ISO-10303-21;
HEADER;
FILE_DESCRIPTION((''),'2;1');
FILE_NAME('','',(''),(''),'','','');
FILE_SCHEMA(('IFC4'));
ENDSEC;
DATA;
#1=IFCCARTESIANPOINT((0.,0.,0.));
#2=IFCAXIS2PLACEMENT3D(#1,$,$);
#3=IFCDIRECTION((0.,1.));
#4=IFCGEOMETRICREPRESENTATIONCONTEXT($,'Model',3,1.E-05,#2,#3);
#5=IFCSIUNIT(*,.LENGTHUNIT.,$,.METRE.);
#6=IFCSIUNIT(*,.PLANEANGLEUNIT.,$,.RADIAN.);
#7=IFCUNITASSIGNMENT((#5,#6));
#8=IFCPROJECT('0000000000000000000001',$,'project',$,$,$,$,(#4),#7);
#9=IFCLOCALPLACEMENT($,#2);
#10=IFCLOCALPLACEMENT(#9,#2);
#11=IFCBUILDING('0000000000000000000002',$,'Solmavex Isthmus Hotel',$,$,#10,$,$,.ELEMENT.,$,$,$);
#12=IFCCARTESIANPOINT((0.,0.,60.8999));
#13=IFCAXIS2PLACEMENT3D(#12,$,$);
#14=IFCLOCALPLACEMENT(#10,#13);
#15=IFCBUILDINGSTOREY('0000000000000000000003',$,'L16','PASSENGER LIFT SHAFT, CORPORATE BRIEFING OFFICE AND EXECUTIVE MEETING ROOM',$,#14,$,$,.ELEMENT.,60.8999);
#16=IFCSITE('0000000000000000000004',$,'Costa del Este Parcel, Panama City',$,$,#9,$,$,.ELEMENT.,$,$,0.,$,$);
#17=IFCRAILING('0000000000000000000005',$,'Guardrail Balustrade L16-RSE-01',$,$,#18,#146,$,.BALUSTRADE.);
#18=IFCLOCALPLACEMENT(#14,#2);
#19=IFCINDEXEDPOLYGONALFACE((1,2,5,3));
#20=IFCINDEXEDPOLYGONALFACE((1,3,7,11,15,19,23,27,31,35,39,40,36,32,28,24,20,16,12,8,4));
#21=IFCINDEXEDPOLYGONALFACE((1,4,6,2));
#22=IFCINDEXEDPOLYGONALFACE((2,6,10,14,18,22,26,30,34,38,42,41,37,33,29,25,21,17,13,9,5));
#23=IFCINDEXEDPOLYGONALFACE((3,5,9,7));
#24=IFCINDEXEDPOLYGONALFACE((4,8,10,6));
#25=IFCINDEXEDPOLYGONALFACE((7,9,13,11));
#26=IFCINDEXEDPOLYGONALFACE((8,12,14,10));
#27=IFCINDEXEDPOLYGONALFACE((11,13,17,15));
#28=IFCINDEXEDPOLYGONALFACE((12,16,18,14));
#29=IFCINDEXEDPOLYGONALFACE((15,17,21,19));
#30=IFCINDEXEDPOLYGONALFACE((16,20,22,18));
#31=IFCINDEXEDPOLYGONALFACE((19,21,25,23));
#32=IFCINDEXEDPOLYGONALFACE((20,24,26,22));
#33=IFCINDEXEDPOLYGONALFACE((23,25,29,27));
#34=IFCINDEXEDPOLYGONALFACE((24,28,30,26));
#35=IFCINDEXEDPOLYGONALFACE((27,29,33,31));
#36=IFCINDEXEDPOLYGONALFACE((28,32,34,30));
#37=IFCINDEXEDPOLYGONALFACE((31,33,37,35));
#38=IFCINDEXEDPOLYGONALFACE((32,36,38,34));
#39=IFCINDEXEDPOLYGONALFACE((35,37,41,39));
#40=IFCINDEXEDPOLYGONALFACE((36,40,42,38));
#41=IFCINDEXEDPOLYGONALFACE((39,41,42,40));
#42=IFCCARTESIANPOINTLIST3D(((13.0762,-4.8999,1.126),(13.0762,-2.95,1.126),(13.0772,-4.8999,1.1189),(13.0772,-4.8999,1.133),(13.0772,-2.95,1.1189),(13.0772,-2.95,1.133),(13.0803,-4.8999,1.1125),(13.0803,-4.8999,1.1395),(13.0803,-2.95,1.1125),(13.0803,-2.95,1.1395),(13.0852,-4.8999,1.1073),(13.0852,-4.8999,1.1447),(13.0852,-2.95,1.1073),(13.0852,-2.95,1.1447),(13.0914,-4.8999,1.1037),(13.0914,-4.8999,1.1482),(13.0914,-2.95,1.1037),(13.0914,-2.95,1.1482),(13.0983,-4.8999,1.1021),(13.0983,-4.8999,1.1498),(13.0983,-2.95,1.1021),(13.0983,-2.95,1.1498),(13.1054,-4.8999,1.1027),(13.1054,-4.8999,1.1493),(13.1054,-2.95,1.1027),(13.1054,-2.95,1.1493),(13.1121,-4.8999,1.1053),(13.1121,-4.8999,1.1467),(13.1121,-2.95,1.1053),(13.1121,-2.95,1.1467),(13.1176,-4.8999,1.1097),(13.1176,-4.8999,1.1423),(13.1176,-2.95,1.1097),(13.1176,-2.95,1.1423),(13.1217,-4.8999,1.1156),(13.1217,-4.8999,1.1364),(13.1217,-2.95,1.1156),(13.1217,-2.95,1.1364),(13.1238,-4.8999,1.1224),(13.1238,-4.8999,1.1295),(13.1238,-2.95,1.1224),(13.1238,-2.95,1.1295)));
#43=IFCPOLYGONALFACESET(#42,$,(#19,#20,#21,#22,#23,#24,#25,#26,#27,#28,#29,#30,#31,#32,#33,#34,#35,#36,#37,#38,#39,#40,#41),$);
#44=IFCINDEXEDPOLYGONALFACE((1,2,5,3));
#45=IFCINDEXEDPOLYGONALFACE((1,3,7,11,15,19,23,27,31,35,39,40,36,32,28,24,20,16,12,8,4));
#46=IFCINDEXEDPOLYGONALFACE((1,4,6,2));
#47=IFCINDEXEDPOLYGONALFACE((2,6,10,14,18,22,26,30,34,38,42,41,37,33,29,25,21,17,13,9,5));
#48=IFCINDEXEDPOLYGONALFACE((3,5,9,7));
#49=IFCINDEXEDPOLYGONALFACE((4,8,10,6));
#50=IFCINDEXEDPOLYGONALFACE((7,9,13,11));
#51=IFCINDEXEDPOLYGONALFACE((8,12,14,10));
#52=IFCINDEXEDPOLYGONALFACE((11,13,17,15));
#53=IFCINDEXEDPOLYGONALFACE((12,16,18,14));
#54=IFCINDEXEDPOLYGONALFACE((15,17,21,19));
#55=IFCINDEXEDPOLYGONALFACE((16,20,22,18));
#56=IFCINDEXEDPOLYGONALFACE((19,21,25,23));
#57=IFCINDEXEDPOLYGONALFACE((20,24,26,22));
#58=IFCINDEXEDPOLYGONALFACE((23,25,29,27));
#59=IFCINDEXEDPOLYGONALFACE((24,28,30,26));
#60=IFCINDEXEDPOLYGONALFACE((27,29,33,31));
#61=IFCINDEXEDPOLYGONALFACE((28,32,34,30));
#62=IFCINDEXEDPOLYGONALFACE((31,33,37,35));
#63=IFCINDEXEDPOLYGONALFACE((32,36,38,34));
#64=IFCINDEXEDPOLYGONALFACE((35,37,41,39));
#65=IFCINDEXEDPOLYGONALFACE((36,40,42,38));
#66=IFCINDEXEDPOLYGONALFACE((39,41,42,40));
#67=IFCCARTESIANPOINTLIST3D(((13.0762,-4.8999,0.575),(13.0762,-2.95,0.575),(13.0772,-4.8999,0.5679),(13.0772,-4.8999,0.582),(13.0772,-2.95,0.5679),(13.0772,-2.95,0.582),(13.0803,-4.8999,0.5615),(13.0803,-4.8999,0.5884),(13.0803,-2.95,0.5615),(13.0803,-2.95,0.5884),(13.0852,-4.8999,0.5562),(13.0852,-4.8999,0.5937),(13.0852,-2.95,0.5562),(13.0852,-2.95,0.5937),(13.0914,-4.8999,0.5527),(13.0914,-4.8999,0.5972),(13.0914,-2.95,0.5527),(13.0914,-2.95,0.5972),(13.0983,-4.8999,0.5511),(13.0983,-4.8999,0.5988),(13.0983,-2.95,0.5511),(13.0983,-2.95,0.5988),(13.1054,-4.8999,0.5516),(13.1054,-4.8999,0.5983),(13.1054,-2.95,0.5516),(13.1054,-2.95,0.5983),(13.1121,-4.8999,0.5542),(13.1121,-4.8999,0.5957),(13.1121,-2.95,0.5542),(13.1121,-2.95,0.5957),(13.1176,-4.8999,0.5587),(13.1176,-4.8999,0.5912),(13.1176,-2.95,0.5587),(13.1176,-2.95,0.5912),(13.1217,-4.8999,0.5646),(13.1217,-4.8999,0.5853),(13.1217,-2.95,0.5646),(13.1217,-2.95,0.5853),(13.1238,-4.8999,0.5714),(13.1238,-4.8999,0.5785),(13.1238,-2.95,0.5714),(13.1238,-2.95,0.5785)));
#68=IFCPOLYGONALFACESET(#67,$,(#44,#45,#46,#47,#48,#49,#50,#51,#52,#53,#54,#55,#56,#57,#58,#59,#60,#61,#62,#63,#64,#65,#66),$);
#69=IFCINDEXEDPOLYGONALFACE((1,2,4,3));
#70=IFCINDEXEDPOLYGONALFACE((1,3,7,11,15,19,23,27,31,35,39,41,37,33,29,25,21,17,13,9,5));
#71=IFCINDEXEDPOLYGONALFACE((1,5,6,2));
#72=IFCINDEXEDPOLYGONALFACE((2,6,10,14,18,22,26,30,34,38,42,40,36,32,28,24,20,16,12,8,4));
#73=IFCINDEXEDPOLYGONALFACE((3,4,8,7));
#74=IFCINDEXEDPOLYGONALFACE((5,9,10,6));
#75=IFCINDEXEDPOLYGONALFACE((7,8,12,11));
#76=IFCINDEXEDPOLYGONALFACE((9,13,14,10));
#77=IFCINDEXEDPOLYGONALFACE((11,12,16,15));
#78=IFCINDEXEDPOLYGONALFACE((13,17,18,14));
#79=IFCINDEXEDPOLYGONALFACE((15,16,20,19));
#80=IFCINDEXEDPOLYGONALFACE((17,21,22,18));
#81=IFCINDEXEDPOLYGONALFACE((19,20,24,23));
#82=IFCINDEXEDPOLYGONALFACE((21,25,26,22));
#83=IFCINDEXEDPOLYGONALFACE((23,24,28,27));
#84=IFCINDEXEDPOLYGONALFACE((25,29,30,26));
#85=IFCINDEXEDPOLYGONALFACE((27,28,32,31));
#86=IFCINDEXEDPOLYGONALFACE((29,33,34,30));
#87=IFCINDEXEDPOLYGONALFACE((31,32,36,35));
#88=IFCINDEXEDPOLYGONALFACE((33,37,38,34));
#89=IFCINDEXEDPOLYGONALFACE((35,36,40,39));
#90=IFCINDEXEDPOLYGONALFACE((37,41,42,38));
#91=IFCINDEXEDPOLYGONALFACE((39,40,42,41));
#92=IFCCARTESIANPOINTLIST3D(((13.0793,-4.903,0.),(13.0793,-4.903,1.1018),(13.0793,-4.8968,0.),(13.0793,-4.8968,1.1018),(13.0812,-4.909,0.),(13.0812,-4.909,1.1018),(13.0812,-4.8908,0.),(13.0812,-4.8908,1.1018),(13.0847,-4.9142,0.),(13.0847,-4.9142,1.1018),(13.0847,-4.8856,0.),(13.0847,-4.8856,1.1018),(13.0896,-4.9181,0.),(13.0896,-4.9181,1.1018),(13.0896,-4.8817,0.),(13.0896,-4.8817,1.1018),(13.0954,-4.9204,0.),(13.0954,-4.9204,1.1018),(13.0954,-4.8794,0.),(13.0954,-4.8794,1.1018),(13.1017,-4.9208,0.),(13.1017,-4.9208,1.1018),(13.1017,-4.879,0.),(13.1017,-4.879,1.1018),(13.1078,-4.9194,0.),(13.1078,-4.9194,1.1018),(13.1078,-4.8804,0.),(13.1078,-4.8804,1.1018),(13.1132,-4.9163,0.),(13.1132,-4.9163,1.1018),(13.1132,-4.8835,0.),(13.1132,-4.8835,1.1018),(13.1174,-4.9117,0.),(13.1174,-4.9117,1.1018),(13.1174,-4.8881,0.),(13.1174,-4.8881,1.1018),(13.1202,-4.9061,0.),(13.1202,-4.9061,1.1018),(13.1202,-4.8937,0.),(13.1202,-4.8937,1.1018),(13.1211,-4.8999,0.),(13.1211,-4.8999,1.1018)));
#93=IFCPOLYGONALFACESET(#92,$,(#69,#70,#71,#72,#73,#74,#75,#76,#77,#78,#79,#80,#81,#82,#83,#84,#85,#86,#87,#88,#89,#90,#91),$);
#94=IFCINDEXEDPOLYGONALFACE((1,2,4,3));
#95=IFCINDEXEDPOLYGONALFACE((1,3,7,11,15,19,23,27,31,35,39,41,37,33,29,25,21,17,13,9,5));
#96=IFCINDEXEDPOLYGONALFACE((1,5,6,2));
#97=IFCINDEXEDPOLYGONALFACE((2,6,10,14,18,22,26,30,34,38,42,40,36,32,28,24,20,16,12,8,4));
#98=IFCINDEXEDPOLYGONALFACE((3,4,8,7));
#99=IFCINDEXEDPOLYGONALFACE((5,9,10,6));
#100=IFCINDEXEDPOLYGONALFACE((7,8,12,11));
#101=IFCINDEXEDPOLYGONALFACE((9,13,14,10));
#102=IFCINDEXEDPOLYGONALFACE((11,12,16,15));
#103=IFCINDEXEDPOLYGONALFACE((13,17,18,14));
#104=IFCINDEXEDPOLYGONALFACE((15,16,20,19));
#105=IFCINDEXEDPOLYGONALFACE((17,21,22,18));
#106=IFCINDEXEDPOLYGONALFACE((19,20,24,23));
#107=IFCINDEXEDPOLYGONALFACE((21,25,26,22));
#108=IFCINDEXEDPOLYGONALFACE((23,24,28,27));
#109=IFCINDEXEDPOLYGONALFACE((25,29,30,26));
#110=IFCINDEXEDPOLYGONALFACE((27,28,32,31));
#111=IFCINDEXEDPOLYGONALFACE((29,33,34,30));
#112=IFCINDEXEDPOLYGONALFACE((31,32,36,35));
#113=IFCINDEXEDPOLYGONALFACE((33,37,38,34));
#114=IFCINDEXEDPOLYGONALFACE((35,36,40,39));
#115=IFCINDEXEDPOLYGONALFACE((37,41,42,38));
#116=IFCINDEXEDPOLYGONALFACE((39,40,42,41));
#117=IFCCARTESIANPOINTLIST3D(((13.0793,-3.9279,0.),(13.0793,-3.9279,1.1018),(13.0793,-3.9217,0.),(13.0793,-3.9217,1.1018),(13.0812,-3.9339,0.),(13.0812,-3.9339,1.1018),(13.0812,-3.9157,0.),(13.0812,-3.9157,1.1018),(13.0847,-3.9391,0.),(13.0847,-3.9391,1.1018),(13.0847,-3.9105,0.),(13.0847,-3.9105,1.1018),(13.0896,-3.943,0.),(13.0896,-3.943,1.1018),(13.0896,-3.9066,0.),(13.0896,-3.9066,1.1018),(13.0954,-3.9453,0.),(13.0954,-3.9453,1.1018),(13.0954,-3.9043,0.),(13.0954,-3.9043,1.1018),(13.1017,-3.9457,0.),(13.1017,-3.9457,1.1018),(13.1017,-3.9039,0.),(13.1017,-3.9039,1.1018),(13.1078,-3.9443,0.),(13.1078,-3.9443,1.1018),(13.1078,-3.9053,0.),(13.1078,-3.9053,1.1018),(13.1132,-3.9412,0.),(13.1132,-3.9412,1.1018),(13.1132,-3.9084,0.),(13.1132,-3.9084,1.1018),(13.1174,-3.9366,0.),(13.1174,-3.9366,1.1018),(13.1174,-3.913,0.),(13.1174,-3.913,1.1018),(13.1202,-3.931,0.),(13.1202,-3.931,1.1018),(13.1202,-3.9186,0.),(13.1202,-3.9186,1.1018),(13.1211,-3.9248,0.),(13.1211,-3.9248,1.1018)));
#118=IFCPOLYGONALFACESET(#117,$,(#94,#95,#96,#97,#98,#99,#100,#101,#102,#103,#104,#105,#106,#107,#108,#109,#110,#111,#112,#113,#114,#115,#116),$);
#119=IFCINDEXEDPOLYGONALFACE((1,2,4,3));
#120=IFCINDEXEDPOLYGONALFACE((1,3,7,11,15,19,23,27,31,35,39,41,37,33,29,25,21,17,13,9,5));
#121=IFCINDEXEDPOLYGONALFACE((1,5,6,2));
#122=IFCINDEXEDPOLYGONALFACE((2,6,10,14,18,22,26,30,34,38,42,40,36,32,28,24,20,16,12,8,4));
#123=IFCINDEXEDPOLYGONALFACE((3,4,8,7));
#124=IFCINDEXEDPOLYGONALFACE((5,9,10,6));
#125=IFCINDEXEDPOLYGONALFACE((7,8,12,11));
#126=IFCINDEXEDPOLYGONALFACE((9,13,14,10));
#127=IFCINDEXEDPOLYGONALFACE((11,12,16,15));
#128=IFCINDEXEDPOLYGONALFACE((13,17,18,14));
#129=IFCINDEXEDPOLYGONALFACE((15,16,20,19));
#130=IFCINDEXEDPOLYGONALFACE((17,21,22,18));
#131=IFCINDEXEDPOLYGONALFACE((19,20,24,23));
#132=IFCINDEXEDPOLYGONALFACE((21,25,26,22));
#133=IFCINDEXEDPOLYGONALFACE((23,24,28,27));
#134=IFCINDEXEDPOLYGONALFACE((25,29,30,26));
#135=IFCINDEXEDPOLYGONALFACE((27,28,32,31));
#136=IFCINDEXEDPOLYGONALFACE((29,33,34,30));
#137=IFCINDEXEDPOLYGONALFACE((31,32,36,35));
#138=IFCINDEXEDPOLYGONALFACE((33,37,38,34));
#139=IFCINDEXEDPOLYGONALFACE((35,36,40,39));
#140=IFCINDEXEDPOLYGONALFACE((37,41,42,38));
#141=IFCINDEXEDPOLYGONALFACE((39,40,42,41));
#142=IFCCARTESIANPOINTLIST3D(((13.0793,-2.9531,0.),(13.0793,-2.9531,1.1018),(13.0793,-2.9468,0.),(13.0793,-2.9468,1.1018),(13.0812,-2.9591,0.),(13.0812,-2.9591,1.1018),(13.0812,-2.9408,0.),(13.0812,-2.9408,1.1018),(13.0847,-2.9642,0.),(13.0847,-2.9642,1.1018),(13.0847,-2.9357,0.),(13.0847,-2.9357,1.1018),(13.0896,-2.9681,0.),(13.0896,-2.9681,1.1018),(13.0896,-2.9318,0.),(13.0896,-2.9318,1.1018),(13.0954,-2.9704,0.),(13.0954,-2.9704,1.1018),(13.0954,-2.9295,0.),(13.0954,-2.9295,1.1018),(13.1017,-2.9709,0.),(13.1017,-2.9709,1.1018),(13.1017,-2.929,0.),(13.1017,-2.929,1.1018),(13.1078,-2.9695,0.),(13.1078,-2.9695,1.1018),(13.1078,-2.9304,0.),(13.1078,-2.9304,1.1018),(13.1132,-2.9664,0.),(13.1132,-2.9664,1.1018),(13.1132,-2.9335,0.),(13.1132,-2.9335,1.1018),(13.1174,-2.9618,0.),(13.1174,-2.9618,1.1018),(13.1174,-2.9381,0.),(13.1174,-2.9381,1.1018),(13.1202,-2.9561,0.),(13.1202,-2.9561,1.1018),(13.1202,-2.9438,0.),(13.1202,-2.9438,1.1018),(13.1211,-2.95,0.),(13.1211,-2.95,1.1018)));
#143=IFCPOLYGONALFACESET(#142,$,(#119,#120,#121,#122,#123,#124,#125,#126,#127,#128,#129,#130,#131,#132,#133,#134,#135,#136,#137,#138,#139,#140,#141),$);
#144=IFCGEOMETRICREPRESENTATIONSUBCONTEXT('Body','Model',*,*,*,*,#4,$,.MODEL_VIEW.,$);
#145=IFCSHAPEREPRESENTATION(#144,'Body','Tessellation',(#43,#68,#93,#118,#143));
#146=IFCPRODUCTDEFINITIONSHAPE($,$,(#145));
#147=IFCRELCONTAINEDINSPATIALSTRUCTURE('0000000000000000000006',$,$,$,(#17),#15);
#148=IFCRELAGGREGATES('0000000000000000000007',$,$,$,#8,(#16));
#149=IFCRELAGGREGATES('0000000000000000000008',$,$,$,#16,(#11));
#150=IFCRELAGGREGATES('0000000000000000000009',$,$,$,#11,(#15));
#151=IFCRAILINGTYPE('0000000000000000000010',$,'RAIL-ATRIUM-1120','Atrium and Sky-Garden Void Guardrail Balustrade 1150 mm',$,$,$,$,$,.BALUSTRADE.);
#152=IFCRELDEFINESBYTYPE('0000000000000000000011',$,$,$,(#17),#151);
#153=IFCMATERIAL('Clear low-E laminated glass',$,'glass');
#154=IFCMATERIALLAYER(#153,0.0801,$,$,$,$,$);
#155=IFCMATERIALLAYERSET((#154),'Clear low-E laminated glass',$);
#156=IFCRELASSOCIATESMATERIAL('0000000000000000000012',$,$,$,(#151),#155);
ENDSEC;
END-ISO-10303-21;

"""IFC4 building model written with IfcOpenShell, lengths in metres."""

from ifc_helpers import new_model, si_unit, direction, frame, origin, origin_2d, place, context, subcontext, project, spatial, circle, extrude, material, layer, layer_set, type_object, element, save


model = new_model("IFC4")

# Units and contexts
model_context = context("Model", 3, precision=1e-05, world=origin(), true_north=direction((0.0, 1.0)))
body_context = subcontext(model_context, "Body", "Model", "MODEL_VIEW")
ifc_project = project(units=[si_unit("LENGTHUNIT", "METRE"), si_unit("PLANEANGLEUNIT", "RADIAN")], contexts=[model_context])

# Site, building, storey
site_placement = place(None, origin())
site = spatial("IfcSite", under=ifc_project, at=site_placement, Name="Costa del Este Parcel, Panama City", CompositionType="ELEMENT", RefElevation=0.0)
building_placement = place(site_placement, origin())
building = spatial("IfcBuilding", under=site, at=building_placement, Name="Solmavex Isthmus Hotel", CompositionType="ELEMENT")
storey_placement = place(building_placement, frame((0.0, 0.0, 60.8999)))
storey = spatial("IfcBuildingStorey", under=building, at=storey_placement, Name="L16", Description="PASSENGER LIFT SHAFT, CORPORATE BRIEFING OFFICE AND EXECUTIVE MEETING ROOM", CompositionType="ELEMENT", Elevation=60.8999)

# Railing
ifc_material_1 = material(Name="Clear low-E laminated glass", Category="glass")
ifc_layer_1 = layer(ifc_material_1, 0.0801)
ifc_layer_set_1 = layer_set([ifc_layer_1], Name="Clear low-E laminated glass")
railing_type_1 = type_object("IfcRailingType", Name="RAIL-ATRIUM-1120", Description="Atrium and Sky-Garden Void Guardrail Balustrade 1150 mm", PredefinedType="BALUSTRADE", material=ifc_layer_set_1)
railing_1_placement = place(storey_placement, frame((13.1001, -4.8999, 0.0)))
element("IfcRailing", 1, at=railing_1_placement, inside=storey, type_object=railing_type_1, Name="Guardrail Balustrade L16-RSE-01", PredefinedType="BALUSTRADE", context=body_context, shape_type="SweptSolid", body=[
    extrude(circle(Radius=0.0239, at=origin_2d()), frame((0.0, 0.0, 1.126), z_axis=(0.0, 1.0, 0.0), x_axis=(-1.0, 0.0, 0.0)), (0.0, 0.0, 1.0), 1.95),
    extrude(circle(Radius=0.0239, at=origin_2d()), frame((0.0, 0.0, 0.575), z_axis=(0.0, 1.0, 0.0), x_axis=(-1.0, 0.0, 0.0)), (0.0, 0.0, 1.0), 1.95),
    extrude(circle(Radius=0.021, at=origin_2d()), origin(), (0.0, 0.0, 1.0), 1.1018),
    extrude(circle(Radius=0.021, at=origin_2d()), frame((0.0, 0.9751, 0.0)), (0.0, 0.0, 1.0), 1.1018),
    extrude(circle(Radius=0.021, at=origin_2d()), frame((0.0, 1.95, 0.0)), (0.0, 0.0, 1.0), 1.1018),
])

save(model, "model.ifc")
